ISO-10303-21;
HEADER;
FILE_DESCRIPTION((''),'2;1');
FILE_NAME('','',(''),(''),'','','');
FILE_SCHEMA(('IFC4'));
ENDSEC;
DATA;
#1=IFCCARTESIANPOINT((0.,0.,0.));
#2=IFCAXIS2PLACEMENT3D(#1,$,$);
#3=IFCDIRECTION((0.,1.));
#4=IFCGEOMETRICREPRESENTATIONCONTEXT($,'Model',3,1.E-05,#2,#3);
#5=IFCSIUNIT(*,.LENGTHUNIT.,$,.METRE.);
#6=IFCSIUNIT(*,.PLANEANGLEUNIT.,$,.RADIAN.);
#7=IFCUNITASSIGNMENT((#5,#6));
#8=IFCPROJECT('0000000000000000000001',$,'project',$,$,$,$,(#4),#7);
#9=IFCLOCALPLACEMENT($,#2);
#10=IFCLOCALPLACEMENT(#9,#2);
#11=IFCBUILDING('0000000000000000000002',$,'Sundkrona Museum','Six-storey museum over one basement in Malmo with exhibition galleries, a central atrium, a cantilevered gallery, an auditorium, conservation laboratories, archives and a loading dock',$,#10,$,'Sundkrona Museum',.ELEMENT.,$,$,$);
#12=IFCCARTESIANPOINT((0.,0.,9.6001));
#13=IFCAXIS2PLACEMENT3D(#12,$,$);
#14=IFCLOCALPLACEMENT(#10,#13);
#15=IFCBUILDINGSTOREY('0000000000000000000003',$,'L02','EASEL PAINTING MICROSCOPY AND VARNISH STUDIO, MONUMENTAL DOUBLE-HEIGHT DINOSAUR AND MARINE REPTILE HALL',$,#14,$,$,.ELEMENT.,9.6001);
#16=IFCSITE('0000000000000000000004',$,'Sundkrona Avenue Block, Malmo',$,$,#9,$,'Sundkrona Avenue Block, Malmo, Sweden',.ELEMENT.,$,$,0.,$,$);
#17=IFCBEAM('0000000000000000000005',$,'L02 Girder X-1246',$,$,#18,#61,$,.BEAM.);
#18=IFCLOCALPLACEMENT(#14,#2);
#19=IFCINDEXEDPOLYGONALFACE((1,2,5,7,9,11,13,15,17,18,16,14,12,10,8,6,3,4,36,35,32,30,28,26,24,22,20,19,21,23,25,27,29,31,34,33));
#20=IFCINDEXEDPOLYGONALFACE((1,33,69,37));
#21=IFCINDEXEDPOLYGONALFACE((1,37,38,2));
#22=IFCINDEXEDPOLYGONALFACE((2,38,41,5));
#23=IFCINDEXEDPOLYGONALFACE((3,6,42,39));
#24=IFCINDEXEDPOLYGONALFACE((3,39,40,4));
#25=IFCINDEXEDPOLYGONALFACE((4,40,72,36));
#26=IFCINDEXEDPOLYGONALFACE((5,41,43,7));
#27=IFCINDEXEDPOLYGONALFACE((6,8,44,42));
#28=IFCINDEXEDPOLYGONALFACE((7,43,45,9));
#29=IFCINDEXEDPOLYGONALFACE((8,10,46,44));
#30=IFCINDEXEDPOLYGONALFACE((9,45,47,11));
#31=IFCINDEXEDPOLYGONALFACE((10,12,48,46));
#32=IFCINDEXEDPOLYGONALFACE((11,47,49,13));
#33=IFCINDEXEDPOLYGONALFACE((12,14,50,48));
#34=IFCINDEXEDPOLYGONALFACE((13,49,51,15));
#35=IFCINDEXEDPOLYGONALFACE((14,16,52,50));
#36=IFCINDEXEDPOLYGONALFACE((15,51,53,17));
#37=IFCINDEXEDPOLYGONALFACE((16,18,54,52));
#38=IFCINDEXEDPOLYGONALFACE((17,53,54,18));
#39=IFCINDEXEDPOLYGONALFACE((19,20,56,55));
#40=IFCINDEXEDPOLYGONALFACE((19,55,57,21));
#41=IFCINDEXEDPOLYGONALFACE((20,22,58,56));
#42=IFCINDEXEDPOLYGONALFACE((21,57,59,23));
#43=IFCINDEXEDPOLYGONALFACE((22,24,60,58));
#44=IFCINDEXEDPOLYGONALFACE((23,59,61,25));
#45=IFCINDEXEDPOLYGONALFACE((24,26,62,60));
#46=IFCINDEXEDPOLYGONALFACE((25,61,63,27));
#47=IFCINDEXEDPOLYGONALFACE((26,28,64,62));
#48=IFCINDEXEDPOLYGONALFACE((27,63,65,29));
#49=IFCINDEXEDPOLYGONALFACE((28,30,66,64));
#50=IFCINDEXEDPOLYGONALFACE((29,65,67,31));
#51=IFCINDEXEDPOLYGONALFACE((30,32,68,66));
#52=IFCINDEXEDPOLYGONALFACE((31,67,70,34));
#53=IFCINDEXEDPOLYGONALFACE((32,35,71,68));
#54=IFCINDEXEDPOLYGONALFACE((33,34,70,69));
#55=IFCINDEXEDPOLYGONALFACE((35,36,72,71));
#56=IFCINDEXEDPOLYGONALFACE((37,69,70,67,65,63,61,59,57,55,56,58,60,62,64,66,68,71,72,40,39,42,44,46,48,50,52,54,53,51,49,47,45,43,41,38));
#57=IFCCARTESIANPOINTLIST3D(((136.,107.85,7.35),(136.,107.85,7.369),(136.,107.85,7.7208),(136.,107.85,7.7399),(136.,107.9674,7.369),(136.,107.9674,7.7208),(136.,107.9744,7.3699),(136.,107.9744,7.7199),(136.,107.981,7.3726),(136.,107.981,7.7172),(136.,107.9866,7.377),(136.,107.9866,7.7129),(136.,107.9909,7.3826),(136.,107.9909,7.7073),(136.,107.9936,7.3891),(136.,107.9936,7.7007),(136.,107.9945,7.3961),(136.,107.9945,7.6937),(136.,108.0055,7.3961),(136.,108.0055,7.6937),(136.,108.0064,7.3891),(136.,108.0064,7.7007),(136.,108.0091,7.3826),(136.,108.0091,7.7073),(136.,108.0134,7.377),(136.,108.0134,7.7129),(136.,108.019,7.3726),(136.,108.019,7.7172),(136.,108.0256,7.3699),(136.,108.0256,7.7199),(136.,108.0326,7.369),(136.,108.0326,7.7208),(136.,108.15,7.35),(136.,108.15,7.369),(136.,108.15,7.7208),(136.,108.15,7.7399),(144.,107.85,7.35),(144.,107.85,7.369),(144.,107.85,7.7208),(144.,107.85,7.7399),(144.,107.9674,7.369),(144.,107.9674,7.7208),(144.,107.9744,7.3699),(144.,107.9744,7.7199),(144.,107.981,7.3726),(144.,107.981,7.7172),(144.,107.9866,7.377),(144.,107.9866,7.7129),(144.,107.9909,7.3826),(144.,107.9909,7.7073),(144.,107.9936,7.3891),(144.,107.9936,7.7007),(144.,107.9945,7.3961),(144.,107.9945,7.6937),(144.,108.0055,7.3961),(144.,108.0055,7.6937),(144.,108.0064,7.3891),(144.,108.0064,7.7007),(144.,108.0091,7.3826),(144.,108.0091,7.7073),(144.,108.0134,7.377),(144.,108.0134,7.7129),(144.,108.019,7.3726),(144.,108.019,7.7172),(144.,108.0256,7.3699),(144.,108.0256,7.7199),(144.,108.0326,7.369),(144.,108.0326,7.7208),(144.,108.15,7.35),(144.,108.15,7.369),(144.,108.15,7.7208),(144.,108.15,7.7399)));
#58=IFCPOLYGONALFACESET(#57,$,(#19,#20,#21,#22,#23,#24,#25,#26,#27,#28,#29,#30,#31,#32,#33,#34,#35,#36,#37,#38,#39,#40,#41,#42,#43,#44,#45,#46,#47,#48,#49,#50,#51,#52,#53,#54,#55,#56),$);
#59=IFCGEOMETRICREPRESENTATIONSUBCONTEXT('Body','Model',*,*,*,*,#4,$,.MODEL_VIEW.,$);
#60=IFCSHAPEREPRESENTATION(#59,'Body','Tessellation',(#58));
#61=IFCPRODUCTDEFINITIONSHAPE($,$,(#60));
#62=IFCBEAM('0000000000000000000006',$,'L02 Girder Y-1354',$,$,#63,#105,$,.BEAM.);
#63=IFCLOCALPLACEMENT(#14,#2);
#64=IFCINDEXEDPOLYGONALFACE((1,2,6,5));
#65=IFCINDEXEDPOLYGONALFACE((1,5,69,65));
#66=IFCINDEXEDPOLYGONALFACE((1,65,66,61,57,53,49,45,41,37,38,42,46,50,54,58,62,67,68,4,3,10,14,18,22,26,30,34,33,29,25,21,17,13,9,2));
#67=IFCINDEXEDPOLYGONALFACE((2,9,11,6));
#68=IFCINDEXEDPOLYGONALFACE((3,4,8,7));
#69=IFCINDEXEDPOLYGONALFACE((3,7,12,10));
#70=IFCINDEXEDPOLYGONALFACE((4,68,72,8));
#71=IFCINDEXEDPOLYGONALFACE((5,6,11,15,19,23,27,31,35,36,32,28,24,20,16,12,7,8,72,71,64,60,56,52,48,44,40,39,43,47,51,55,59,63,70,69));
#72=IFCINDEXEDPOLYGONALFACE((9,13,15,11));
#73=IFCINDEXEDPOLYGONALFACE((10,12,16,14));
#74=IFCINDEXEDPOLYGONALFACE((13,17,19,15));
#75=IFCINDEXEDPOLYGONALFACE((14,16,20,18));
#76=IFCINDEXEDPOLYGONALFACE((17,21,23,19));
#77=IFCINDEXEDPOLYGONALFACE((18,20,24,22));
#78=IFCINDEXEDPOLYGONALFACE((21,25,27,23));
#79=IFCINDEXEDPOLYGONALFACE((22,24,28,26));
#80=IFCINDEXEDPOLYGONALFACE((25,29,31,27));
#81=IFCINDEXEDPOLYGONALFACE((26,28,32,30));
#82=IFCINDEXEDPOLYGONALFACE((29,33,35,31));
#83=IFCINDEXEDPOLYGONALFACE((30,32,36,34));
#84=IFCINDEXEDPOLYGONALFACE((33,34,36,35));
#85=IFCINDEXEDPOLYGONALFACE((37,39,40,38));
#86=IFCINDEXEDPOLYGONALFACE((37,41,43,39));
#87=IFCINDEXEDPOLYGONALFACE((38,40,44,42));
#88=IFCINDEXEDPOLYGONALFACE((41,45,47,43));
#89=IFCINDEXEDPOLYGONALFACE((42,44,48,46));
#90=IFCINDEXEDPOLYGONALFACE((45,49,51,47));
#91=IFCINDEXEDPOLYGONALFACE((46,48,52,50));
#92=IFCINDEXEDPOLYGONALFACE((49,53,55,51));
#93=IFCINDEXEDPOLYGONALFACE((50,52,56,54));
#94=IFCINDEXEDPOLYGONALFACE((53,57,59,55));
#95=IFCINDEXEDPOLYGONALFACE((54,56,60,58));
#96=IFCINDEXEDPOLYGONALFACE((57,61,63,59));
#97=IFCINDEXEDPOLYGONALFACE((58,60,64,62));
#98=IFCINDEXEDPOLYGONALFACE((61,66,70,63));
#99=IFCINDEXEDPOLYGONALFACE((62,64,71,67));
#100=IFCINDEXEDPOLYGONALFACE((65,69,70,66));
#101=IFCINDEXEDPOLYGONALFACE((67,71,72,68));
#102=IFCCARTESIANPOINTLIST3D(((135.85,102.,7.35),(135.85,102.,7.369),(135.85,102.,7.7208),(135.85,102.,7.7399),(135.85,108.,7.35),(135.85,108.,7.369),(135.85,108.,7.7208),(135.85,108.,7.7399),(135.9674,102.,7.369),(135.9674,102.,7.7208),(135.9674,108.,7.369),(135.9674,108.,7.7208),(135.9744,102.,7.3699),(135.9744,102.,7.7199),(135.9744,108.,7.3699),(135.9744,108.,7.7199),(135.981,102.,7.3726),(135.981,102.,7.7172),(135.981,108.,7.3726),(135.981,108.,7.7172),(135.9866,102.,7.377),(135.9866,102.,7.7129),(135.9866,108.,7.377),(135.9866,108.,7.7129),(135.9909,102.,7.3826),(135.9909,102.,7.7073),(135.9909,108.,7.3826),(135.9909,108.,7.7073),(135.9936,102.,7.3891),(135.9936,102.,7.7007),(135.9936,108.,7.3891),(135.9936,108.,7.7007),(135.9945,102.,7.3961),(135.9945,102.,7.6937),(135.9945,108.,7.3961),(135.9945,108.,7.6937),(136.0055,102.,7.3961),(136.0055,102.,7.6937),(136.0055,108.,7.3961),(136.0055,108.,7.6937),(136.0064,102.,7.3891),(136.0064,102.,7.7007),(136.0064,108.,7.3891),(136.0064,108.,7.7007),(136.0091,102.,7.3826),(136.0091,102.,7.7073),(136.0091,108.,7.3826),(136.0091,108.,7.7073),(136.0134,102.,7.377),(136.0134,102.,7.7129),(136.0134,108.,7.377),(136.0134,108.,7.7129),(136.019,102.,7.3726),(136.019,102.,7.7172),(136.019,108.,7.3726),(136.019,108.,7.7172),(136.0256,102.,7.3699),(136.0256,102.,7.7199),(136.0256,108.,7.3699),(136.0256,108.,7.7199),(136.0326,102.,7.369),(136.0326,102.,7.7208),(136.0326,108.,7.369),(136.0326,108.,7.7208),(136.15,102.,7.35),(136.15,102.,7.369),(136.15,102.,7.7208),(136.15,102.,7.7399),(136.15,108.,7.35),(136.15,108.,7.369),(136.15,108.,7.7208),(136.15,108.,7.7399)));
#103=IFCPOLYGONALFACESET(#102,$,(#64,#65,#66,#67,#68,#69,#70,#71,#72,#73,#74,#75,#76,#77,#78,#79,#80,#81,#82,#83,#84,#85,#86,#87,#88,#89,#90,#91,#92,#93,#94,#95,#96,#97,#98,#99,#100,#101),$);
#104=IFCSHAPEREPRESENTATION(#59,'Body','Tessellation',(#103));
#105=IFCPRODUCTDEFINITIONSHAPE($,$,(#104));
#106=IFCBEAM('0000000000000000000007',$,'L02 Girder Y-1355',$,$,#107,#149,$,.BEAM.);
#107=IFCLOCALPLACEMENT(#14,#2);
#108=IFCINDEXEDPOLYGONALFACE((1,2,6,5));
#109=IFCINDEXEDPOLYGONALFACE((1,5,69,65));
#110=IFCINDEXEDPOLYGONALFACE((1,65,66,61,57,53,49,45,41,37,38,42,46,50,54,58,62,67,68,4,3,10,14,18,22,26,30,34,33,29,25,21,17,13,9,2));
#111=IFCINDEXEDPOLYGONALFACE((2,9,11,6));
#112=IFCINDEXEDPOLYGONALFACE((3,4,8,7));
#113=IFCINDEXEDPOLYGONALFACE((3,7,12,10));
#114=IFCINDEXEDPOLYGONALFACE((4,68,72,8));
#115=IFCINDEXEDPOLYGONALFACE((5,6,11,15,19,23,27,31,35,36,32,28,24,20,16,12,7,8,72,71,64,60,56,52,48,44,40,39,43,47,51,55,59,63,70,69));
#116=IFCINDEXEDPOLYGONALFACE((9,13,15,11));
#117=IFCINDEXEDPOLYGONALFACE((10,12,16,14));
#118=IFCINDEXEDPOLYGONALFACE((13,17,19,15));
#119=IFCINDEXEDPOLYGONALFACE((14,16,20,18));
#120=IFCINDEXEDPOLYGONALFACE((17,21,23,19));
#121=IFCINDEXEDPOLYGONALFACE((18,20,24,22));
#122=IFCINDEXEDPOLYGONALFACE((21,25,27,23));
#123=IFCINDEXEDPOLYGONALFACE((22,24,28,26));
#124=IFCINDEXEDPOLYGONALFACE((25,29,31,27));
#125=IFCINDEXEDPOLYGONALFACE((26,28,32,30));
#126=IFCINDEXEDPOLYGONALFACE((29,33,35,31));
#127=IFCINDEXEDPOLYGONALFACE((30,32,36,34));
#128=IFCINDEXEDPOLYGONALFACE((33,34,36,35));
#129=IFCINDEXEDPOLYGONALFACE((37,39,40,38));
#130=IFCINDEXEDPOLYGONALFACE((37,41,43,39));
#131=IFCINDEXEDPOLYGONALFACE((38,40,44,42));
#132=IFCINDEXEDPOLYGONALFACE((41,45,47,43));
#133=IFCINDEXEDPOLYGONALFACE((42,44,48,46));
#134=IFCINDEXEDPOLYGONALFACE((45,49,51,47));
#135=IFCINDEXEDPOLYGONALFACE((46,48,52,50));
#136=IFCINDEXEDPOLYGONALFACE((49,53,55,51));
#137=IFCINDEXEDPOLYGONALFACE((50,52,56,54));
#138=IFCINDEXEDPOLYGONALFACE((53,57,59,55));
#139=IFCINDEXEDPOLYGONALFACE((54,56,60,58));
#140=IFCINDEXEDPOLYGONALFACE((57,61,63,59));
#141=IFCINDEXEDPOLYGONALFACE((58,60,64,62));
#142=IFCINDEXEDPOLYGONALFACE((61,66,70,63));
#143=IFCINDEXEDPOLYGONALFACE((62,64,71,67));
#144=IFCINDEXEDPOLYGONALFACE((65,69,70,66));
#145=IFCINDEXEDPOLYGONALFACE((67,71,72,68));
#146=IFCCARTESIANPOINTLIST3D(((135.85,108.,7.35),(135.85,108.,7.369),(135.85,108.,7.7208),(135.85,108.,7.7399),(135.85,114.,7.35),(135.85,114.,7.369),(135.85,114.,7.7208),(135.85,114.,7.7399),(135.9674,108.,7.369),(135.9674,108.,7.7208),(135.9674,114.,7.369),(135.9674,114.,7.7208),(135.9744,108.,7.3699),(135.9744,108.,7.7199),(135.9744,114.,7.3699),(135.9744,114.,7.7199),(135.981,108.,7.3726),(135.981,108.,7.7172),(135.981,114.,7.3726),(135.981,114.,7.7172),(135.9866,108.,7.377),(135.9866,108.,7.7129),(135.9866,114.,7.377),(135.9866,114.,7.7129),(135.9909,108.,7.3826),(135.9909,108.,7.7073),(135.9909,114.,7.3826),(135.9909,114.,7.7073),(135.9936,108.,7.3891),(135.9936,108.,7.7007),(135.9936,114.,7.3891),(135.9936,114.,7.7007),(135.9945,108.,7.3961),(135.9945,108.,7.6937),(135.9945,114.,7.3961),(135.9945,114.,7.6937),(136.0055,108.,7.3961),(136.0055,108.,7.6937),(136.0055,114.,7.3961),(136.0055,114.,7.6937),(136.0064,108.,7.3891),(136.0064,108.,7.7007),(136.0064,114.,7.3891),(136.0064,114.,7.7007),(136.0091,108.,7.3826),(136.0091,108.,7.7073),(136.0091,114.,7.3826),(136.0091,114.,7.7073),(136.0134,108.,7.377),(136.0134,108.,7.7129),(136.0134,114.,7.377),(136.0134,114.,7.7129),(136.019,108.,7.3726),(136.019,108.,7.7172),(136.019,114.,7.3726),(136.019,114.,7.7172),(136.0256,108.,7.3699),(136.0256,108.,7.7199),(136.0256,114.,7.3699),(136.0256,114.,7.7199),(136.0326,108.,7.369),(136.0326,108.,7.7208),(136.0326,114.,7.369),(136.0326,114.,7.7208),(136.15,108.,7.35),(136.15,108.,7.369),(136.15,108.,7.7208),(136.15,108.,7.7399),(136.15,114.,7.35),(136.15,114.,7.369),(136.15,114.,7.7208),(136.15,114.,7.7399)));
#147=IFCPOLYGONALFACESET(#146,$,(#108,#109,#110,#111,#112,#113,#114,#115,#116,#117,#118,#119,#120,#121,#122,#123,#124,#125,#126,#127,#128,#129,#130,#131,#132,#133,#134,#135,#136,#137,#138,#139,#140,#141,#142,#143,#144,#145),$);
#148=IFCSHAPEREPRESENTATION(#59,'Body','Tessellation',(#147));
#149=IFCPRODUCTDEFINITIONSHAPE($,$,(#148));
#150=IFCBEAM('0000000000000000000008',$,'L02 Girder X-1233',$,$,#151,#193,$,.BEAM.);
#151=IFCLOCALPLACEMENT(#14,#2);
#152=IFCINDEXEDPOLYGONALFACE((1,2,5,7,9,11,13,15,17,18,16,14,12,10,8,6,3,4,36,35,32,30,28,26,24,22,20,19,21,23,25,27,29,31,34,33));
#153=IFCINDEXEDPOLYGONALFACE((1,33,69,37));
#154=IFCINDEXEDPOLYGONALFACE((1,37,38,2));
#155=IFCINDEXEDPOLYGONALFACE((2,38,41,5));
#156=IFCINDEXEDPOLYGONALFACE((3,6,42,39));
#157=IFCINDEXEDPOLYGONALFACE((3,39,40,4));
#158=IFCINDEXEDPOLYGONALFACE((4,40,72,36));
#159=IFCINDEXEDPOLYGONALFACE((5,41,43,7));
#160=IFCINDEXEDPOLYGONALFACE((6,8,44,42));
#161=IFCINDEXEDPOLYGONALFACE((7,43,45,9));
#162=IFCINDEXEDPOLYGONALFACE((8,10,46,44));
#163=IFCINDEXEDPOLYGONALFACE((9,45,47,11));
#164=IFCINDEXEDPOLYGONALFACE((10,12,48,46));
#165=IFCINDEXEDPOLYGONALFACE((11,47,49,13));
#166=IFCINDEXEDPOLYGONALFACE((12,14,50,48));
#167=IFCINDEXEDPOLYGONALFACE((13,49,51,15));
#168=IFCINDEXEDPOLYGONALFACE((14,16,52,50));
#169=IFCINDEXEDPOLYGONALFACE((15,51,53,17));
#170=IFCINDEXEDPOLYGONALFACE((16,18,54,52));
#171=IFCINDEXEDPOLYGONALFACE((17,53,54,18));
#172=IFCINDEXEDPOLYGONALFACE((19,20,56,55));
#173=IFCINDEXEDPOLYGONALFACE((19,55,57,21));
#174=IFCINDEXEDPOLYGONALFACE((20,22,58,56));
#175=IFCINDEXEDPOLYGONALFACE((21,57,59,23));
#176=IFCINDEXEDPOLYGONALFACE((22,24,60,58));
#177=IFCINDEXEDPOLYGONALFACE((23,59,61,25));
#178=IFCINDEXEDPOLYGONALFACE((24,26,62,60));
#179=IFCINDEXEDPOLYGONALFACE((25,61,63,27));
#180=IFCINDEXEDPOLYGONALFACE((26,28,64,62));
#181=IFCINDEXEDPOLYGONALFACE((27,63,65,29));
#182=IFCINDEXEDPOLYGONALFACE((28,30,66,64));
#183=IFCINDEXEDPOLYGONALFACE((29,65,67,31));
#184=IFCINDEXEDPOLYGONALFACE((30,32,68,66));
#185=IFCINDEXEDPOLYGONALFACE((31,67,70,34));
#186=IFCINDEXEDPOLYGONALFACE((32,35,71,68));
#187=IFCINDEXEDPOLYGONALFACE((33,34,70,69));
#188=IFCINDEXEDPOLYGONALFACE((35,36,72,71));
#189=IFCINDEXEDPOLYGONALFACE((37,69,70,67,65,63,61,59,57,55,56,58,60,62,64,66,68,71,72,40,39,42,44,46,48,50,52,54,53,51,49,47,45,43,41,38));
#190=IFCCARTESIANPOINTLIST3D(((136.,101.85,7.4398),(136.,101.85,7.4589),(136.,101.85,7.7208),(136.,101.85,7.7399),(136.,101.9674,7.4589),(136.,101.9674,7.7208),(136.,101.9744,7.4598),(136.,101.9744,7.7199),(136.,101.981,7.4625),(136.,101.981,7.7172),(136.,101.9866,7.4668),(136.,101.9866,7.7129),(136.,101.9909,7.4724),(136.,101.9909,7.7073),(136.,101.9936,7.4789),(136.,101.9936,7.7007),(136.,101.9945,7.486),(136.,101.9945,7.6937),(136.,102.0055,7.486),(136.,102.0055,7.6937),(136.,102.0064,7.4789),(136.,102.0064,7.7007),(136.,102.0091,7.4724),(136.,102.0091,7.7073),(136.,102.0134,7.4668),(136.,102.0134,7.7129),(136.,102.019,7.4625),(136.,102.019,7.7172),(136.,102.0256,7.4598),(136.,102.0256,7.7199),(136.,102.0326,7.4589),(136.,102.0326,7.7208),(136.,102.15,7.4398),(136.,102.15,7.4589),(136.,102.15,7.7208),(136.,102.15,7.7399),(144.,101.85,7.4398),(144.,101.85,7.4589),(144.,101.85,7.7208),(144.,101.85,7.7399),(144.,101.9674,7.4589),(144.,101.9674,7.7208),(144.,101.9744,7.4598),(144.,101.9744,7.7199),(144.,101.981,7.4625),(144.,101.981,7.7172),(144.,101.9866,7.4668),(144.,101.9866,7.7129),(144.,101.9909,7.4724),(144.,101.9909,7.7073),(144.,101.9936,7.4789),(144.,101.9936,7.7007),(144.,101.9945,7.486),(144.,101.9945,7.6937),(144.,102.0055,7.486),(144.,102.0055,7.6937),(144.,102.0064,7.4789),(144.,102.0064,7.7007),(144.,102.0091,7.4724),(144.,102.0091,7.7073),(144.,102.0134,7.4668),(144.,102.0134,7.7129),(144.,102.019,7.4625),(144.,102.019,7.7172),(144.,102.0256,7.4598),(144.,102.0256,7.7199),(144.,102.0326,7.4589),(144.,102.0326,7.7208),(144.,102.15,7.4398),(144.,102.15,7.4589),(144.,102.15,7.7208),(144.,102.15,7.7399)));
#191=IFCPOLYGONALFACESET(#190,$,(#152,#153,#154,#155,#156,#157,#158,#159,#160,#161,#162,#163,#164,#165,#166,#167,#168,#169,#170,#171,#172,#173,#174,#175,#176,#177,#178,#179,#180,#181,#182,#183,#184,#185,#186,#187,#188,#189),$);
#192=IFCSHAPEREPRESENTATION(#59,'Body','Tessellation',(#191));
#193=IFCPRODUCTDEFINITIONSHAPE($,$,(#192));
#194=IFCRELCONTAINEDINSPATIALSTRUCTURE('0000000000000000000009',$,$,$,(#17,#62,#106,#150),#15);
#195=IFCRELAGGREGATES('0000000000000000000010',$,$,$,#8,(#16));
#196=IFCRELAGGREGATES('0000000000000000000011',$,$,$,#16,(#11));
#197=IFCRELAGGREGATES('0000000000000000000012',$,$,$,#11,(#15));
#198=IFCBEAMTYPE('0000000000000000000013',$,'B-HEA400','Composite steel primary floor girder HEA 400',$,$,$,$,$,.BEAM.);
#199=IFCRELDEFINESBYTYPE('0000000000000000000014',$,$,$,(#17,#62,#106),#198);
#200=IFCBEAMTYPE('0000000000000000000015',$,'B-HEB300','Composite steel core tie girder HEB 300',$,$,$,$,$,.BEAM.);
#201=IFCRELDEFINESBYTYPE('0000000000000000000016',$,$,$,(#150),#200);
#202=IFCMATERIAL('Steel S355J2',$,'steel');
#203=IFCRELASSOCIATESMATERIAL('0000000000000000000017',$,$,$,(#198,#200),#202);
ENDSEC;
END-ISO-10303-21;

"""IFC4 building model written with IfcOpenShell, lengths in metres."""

from ifc_helpers import new_model, si_unit, direction, frame, origin, origin_2d, place, context, subcontext, project, spatial, i_section, extrude, material, material_profile, profile_set, type_object, element, save


model = new_model("IFC4")

# Units and contexts
model_context = context("Model", 3, precision=1e-05, world=origin(), true_north=direction((0.0, 1.0)))
body_context = subcontext(model_context, "Body", "Model", "MODEL_VIEW")
ifc_project = project(units=[si_unit("LENGTHUNIT", "METRE"), si_unit("PLANEANGLEUNIT", "RADIAN")], contexts=[model_context])

# Site, building, storey
site_placement = place(None, origin())
site = spatial("IfcSite", under=ifc_project, at=site_placement, Name="Sundkrona Avenue Block, Malmo", LongName="Sundkrona Avenue Block, Malmo, Sweden", CompositionType="ELEMENT", RefElevation=0.0)
building_placement = place(site_placement, origin())
building = spatial("IfcBuilding", under=site, at=building_placement, Name="Sundkrona Museum", Description="Six-storey museum over one basement in Malmo with exhibition galleries, a central atrium, a cantilevered gallery, an auditorium, conservation laboratories, archives and a loading dock", LongName="Sundkrona Museum", CompositionType="ELEMENT")
storey_placement = place(building_placement, frame((0.0, 0.0, 9.6001)))
storey = spatial("IfcBuildingStorey", under=building, at=storey_placement, Name="L02", Description="EASEL PAINTING MICROSCOPY AND VARNISH STUDIO, MONUMENTAL DOUBLE-HEIGHT DINOSAUR AND MARINE REPTILE HALL", CompositionType="ELEMENT", Elevation=9.6001)

# Shared definitions
ifc_material_1 = material(Name="Steel S355J2", Category="steel")

# Beams
ifc_material_profile_1 = material_profile(ifc_material_1, i_section(OverallWidth=0.3, OverallDepth=0.3899, WebThickness=0.011, FlangeThickness=0.019, FilletRadius=0.0271, at=origin_2d()), Name="HEA 400")
ifc_profile_set_1 = profile_set([ifc_material_profile_1], Name="Steel S355J2")
beam_type_1 = type_object("IfcBeamType", Name="B-HEA400", Description="Composite steel primary floor girder HEA 400", PredefinedType="BEAM", material=ifc_profile_set_1)
beam_1_placement = place(storey_placement, frame((136.0, 108.0, 7.5449), z_axis=(1.0, 0.0, 0.0), x_axis=(0.0, 1.0, 0.0)))
element("IfcBeam", 1, at=beam_1_placement, inside=storey, type_object=beam_type_1, Name="L02 Girder X-1246", PredefinedType="BEAM", context=body_context, shape_type="SweptSolid", body=[
    extrude(i_section(OverallWidth=0.3, OverallDepth=0.3899, WebThickness=0.011, FlangeThickness=0.019, FilletRadius=0.0271, at=origin_2d()), origin(), (0.0, 0.0, 1.0), 8.0),
])
for number, where, z_axis, x_axis, name in (
    (2, (136.0, 102.0, 7.5449), (0.0, 1.0, 0.0), (-1.0, 0.0, 0.0), "L02 Girder Y-1354"),
    (3, (136.0, 108.0, 7.5449), (0.0, 1.0, 0.0), (-1.0, 0.0, 0.0), "L02 Girder Y-1355"),
):
    element("IfcBeam", number, at=place(storey_placement, frame(where, z_axis=z_axis, x_axis=x_axis)), inside=storey, type_object=beam_type_1, Name=name, PredefinedType="BEAM", context=body_context, shape_type="SweptSolid", body=[
        extrude(i_section(OverallWidth=0.3, OverallDepth=0.3899, WebThickness=0.011, FlangeThickness=0.019, FilletRadius=0.0271, at=origin_2d()), origin(), (0.0, 0.0, 1.0), 6.0),
    ])
ifc_material_profile_2 = material_profile(ifc_material_1, i_section(OverallWidth=0.3, OverallDepth=0.3, WebThickness=0.011, FlangeThickness=0.019, FilletRadius=0.0271, at=origin_2d()), Name="HEB 300")
ifc_profile_set_2 = profile_set([ifc_material_profile_2], Name="Steel S355J2")
beam_type_2 = type_object("IfcBeamType", Name="B-HEB300", Description="Composite steel core tie girder HEB 300", PredefinedType="BEAM", material=ifc_profile_set_2)
beam_2_placement = place(storey_placement, frame((136.0, 102.0, 7.5898), z_axis=(1.0, 0.0, 0.0), x_axis=(0.0, 1.0, 0.0)))
element("IfcBeam", 4, at=beam_2_placement, inside=storey, type_object=beam_type_2, Name="L02 Girder X-1233", PredefinedType="BEAM", context=body_context, shape_type="SweptSolid", body=[
    extrude(i_section(OverallWidth=0.3, OverallDepth=0.3, WebThickness=0.011, FlangeThickness=0.019, FilletRadius=0.0271, at=origin_2d()), origin(), (0.0, 0.0, 1.0), 8.0),
])

save(model, "model.ifc")
